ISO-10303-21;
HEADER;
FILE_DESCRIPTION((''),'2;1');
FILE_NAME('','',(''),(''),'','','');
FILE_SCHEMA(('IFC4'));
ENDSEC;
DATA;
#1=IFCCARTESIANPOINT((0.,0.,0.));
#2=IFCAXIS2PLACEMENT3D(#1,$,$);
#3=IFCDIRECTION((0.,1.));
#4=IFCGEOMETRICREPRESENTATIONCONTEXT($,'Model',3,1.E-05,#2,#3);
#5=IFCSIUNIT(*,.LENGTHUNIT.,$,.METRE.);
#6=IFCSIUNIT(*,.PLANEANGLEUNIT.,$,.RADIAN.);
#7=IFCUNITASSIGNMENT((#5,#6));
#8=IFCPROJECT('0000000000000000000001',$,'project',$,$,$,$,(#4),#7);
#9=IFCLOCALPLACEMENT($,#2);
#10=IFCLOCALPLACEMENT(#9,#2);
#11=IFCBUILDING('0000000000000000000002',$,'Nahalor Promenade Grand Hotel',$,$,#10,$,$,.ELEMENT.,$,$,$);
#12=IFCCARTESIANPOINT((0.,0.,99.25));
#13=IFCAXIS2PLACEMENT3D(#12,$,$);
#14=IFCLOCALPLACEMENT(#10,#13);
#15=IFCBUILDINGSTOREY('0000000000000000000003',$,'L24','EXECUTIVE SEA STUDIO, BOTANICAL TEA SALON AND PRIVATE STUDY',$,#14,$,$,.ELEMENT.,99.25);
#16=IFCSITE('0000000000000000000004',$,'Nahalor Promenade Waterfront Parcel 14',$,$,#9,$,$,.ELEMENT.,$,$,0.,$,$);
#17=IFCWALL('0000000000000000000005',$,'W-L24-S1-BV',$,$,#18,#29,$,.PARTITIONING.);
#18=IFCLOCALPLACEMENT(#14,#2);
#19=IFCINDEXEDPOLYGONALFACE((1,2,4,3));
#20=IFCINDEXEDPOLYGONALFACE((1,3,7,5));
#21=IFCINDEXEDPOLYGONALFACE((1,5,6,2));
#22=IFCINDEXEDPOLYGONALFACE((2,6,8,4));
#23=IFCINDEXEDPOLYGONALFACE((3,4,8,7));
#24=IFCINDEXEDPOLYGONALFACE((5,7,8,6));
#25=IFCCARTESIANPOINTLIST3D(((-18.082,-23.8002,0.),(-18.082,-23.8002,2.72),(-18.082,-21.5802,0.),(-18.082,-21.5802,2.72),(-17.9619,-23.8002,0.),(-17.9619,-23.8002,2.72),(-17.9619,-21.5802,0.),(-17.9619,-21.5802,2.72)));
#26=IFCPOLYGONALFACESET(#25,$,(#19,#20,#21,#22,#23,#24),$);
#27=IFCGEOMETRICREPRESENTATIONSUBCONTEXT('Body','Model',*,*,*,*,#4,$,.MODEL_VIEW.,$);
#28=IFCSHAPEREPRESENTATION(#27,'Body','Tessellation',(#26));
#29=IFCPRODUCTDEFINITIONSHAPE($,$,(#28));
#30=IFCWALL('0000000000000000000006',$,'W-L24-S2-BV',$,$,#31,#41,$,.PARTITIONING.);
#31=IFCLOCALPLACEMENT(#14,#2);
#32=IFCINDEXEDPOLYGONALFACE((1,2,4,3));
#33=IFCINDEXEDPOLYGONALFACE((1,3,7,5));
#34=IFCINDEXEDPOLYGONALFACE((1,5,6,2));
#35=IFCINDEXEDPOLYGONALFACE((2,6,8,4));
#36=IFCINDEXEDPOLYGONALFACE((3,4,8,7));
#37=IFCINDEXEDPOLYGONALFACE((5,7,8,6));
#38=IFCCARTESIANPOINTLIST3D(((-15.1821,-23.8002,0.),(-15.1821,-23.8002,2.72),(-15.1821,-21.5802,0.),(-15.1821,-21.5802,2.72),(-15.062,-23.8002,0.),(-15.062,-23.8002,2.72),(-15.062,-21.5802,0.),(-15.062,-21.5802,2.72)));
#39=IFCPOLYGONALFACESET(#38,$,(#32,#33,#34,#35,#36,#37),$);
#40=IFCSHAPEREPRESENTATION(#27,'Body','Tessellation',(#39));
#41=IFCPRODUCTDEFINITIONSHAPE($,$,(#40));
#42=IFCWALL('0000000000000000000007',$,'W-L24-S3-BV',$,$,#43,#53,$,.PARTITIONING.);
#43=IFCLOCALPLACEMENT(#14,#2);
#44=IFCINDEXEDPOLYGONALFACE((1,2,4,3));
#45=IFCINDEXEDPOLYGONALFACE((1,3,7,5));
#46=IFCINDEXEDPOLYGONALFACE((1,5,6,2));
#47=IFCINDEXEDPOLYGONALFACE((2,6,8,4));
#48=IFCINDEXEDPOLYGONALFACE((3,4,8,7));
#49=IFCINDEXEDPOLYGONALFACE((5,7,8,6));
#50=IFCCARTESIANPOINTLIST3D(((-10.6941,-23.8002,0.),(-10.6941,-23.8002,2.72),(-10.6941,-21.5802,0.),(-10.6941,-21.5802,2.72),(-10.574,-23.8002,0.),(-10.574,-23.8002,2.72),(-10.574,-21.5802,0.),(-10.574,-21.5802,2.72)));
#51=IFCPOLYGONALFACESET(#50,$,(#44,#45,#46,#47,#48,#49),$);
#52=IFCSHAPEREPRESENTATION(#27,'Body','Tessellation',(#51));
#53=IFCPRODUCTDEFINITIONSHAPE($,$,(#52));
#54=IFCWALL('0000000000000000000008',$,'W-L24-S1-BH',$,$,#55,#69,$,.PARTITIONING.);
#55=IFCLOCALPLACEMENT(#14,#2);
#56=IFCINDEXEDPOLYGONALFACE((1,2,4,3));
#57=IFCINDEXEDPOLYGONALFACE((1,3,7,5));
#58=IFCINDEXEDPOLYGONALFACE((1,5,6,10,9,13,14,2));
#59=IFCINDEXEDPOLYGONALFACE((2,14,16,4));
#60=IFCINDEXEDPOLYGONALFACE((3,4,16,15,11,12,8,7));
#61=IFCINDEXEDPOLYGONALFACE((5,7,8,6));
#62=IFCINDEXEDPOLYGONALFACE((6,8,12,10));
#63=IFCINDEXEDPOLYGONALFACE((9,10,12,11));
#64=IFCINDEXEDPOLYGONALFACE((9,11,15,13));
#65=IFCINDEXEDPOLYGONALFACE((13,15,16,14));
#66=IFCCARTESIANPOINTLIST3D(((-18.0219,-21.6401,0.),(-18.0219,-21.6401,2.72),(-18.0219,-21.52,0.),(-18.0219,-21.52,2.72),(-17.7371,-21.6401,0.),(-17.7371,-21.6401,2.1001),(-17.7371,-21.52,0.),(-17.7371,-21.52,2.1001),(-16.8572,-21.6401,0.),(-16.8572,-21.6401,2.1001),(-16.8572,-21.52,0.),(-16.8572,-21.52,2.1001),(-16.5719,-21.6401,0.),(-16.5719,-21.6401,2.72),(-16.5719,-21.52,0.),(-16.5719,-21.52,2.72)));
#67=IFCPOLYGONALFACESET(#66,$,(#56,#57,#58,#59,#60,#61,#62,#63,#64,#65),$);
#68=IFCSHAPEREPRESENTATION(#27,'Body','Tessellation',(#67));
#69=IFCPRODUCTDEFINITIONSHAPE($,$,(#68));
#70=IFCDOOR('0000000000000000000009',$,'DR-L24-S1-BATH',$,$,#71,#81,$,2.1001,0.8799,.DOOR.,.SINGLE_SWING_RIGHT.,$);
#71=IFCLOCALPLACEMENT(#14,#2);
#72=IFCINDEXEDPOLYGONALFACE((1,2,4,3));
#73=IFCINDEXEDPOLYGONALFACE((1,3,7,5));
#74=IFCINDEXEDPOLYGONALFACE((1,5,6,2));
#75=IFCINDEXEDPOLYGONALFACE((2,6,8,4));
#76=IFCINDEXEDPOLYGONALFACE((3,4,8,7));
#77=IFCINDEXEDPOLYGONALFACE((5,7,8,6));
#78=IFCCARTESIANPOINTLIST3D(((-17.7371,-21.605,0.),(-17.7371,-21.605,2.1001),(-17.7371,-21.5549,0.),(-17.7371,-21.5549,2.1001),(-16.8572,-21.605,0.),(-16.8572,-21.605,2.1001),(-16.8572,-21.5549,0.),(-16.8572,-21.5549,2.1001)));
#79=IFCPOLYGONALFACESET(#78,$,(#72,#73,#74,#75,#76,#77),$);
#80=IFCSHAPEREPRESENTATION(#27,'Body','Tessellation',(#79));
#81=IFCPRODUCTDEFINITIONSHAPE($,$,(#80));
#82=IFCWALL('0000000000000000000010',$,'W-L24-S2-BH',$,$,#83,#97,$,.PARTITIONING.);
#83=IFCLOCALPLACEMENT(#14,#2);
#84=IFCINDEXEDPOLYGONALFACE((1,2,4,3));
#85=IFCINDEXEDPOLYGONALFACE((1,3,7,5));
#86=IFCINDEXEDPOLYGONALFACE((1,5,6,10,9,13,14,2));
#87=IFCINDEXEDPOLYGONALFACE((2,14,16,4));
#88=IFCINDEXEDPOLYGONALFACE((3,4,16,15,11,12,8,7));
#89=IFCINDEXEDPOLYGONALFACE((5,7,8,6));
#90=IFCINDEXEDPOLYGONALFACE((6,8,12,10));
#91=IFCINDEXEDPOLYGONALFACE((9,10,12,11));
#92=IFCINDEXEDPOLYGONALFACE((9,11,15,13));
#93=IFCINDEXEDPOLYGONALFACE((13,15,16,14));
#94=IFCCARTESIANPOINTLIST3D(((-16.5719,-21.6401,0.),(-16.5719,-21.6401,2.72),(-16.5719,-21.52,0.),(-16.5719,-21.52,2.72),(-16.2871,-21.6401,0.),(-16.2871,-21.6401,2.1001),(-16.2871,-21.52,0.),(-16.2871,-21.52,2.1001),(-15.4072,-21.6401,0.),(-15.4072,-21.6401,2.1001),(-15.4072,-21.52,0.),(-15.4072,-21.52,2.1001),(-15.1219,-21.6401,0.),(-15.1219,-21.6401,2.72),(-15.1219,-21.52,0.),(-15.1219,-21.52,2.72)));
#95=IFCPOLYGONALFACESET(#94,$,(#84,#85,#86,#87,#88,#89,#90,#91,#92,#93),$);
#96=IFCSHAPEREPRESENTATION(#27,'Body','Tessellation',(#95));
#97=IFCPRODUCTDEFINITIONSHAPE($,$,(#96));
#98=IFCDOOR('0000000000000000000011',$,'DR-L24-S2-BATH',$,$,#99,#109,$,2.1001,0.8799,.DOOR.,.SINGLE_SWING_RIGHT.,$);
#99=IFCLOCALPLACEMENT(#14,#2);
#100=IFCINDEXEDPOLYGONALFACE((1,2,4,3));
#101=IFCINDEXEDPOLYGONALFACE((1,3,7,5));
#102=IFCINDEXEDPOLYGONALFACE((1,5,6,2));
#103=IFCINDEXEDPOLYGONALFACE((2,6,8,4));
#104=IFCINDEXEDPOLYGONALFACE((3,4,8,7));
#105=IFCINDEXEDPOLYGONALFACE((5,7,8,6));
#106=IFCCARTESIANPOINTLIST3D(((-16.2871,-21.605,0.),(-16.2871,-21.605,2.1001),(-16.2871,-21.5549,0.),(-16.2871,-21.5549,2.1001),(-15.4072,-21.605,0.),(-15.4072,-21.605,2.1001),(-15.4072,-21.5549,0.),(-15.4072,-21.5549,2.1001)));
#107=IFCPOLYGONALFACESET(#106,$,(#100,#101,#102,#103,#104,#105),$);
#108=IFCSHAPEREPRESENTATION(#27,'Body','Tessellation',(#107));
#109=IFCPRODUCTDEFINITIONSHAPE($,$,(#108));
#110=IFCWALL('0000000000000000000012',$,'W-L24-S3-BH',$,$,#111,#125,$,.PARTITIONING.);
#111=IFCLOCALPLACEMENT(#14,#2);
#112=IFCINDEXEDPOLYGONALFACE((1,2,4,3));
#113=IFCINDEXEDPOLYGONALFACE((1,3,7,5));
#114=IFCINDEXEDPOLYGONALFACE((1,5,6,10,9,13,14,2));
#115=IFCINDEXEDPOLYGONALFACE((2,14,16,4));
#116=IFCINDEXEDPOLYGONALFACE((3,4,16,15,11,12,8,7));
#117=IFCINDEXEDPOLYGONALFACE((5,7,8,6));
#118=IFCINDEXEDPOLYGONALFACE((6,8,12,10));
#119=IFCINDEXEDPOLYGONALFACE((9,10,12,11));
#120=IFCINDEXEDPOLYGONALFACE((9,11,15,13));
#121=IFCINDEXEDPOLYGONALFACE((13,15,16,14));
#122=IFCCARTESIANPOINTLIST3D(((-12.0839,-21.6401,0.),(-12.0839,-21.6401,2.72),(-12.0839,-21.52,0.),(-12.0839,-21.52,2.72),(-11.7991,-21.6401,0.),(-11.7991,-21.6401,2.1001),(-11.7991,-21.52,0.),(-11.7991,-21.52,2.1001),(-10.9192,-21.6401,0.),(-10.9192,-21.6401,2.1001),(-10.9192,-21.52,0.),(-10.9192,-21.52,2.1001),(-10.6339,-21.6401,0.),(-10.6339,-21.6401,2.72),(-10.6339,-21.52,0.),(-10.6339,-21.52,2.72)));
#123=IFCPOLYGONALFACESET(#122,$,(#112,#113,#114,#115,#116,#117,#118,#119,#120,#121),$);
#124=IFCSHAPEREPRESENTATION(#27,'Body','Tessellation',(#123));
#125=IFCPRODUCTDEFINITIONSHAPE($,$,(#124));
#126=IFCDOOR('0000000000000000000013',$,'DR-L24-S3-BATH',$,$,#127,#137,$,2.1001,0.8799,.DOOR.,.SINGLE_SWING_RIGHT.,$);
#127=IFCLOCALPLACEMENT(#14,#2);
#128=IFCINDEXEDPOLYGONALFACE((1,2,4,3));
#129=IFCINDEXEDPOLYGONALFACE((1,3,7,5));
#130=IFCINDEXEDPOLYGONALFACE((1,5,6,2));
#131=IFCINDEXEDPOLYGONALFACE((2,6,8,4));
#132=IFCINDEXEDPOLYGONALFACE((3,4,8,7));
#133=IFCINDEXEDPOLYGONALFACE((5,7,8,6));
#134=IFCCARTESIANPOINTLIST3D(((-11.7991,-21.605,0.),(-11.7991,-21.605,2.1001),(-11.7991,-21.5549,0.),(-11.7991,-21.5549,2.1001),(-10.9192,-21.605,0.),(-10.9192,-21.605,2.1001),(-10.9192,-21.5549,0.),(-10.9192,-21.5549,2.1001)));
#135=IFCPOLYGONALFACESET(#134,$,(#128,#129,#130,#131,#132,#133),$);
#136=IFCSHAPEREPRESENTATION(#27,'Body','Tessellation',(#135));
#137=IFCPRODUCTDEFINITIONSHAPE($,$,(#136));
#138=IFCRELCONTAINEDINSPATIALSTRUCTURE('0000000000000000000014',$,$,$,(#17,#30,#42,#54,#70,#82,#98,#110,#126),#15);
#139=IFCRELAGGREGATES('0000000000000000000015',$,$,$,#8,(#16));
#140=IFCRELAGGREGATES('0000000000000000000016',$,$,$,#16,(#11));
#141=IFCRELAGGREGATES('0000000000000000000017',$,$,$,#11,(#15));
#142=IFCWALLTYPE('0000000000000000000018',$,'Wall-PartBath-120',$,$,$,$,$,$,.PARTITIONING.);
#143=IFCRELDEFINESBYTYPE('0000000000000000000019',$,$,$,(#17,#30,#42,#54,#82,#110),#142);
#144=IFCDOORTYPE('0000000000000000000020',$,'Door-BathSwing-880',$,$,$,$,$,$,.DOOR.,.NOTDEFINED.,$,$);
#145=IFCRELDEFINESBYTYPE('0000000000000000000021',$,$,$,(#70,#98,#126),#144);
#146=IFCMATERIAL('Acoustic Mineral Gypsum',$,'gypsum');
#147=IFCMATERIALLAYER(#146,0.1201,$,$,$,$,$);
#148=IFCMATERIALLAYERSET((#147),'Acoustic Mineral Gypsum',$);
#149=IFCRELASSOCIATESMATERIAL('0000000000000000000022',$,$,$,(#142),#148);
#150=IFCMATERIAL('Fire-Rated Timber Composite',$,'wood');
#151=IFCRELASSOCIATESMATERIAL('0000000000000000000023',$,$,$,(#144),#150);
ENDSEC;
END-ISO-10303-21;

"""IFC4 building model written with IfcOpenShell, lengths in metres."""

from ifc_helpers import new_model, si_unit, direction, frame, frame_2d, origin, place, context, subcontext, project, spatial, rectangle, extrude, source, transform, mapped, material, layer, layer_set, type_object, element, fill, save


model = new_model("IFC4")

# Units and contexts
model_context = context("Model", 3, precision=1e-05, world=origin(), true_north=direction((0.0, 1.0)))
body_context = subcontext(model_context, "Body", "Model", "MODEL_VIEW")
ifc_project = project(units=[si_unit("LENGTHUNIT", "METRE"), si_unit("PLANEANGLEUNIT", "RADIAN")], contexts=[model_context])

# Site, building, storey
site_placement = place(None, origin())
site = spatial("IfcSite", under=ifc_project, at=site_placement, Name="Nahalor Promenade Waterfront Parcel 14", CompositionType="ELEMENT", RefElevation=0.0)
building_placement = place(site_placement, origin())
building = spatial("IfcBuilding", under=site, at=building_placement, Name="Nahalor Promenade Grand Hotel", CompositionType="ELEMENT")
storey_placement = place(building_placement, frame((0.0, 0.0, 99.25)))
storey = spatial("IfcBuildingStorey", under=building, at=storey_placement, Name="L24", Description="EXECUTIVE SEA STUDIO, BOTANICAL TEA SALON AND PRIVATE STUDY", CompositionType="ELEMENT", Elevation=99.25)

# Walls
ifc_material_1 = material(Name="Acoustic Mineral Gypsum", Category="gypsum")
ifc_layer_1 = layer(ifc_material_1, 0.1201)
ifc_layer_set_1 = layer_set([ifc_layer_1], Name="Acoustic Mineral Gypsum")
wall_type_1 = type_object("IfcWallType", Name="Wall-PartBath-120", PredefinedType="PARTITIONING", material=ifc_layer_set_1)
shared_shape_1 = source(origin(), body_context, "Body", "SweptSolid", [
    extrude(rectangle(XDim=2.22, YDim=0.1201, at=frame_2d((1.1099, 0.0))), origin(), (0.0, 0.0, 1.0), 2.72),
])
for number, where, z_axis, x_axis, name in (
    (1, (-18.022, -23.8, 0.0), (0.0, 0.0, 1.0), (0.0, 1.0, 0.0), "W-L24-S1-BV"),
    (2, (-15.1221, -23.8, 0.0), (0.0, 0.0, 1.0), (0.0, 1.0, 0.0), "W-L24-S2-BV"),
    (3, (-10.634, -23.8, 0.0), (0.0, 0.0, 1.0), (0.0, 1.0, 0.0), "W-L24-S3-BV"),
):
    element("IfcWall", number, at=place(storey_placement, frame(where, z_axis=z_axis, x_axis=x_axis)), inside=storey, type_object=wall_type_1, Name=name, PredefinedType="PARTITIONING", context=body_context, shape_type="MappedRepresentation", body=[
        mapped(shared_shape_1, transform((0.0, 0.0, 0.0), scale=1.0)),
    ])

# Walls, openings, doors
shared_shape_2 = source(origin(), body_context, "Body", "SweptSolid", [
    extrude(rectangle(XDim=1.45, YDim=0.1201, at=frame_2d((0.7251, 0.0))), origin(), (0.0, 0.0, 1.0), 2.72),
])
wall_1_placement = place(storey_placement, frame((-18.022, -21.5801, 0.0), z_axis=(0.0, 0.0, 1.0), x_axis=(1.0, 0.0, 0.0)))
wall_1 = element("IfcWall", 4, at=wall_1_placement, inside=storey, type_object=wall_type_1, Name="W-L24-S1-BH", PredefinedType="PARTITIONING", context=body_context, shape_type="MappedRepresentation", body=[
    mapped(shared_shape_2, transform((0.0, 0.0, 0.0), scale=1.0)),
])
opening_1_placement = place(wall_1_placement, frame((0.2849, 0.0, 0.0)))
opening_1 = element("IfcOpeningElement", 5, at=opening_1_placement, cuts=wall_1, PredefinedType="OPENING", context=body_context, shape_type="SweptSolid", body=[
    extrude(rectangle(XDim=0.8799, YDim=2.1001, at=frame_2d((0.4399, 1.05))), frame((0.0, 0.0701, 0.0), z_axis=(0.0, -1.0, 0.0), x_axis=(1.0, 0.0, 0.0)), (0.0, 0.0, 1.0), 0.1401),
])
ifc_material_2 = material(Name="Fire-Rated Timber Composite", Category="wood")
door_type = type_object("IfcDoorType", Name="Door-BathSwing-880", OperationType="NOTDEFINED", PredefinedType="DOOR", material=ifc_material_2)
shared_shape_3 = source(origin(), body_context, "Body", "SweptSolid", [
    extrude(rectangle(XDim=0.8799, YDim=2.1001, at=frame_2d((0.4399, 1.05))), frame((0.0, 0.0249, 0.0), z_axis=(0.0, -1.0, 0.0), x_axis=(1.0, 0.0, 0.0)), (0.0, 0.0, 1.0), 0.05),
])
door_1_placement = place(opening_1_placement, frame((0.8799, 0.0, 0.0), z_axis=(0.0, 0.0, 1.0), x_axis=(-1.0, 0.0, 0.0)))
door_1 = element("IfcDoor", 6, at=door_1_placement, inside=storey, type_object=door_type, Name="DR-L24-S1-BATH", OperationType="SINGLE_SWING_RIGHT", OverallHeight=2.1001, OverallWidth=0.8799, PredefinedType="DOOR", context=body_context, shape_type="MappedRepresentation", body=[
    mapped(shared_shape_3, transform((0.0, 0.0, 0.0), scale=1.0)),
])
fill(opening_1, door_1)
wall_2_placement = place(storey_placement, frame((-16.572, -21.5801, 0.0), z_axis=(0.0, 0.0, 1.0), x_axis=(1.0, 0.0, 0.0)))
wall_2 = element("IfcWall", 7, at=wall_2_placement, inside=storey, type_object=wall_type_1, Name="W-L24-S2-BH", PredefinedType="PARTITIONING", context=body_context, shape_type="MappedRepresentation", body=[
    mapped(shared_shape_2, transform((0.0, 0.0, 0.0), scale=1.0)),
])
opening_2_placement = place(wall_2_placement, frame((0.2849, 0.0, 0.0)))
opening_2 = element("IfcOpeningElement", 8, at=opening_2_placement, cuts=wall_2, PredefinedType="OPENING", context=body_context, shape_type="SweptSolid", body=[
    extrude(rectangle(XDim=0.8799, YDim=2.1001, at=frame_2d((0.4399, 1.05))), frame((0.0, 0.0701, 0.0), z_axis=(0.0, -1.0, 0.0), x_axis=(1.0, 0.0, 0.0)), (0.0, 0.0, 1.0), 0.1401),
])
door_2_placement = place(opening_2_placement, frame((0.8799, 0.0, 0.0), z_axis=(0.0, 0.0, 1.0), x_axis=(-1.0, 0.0, 0.0)))
door_2 = element("IfcDoor", 9, at=door_2_placement, inside=storey, type_object=door_type, Name="DR-L24-S2-BATH", OperationType="SINGLE_SWING_RIGHT", OverallHeight=2.1001, OverallWidth=0.8799, PredefinedType="DOOR", context=body_context, shape_type="MappedRepresentation", body=[
    mapped(shared_shape_3, transform((0.0, 0.0, 0.0), scale=1.0)),
])
fill(opening_2, door_2)
wall_3_placement = place(storey_placement, frame((-12.084, -21.5801, 0.0), z_axis=(0.0, 0.0, 1.0), x_axis=(1.0, 0.0, 0.0)))
wall_3 = element("IfcWall", 10, at=wall_3_placement, inside=storey, type_object=wall_type_1, Name="W-L24-S3-BH", PredefinedType="PARTITIONING", context=body_context, shape_type="MappedRepresentation", body=[
    mapped(shared_shape_2, transform((0.0, 0.0, 0.0), scale=1.0)),
])
opening_3_placement = place(wall_3_placement, frame((0.2849, 0.0, 0.0)))
opening_3 = element("IfcOpeningElement", 11, at=opening_3_placement, cuts=wall_3, PredefinedType="OPENING", context=body_context, shape_type="SweptSolid", body=[
    extrude(rectangle(XDim=0.8799, YDim=2.1001, at=frame_2d((0.4399, 1.05))), frame((0.0, 0.0701, 0.0), z_axis=(0.0, -1.0, 0.0), x_axis=(1.0, 0.0, 0.0)), (0.0, 0.0, 1.0), 0.1401),
])
door_3_placement = place(opening_3_placement, frame((0.8799, 0.0, 0.0), z_axis=(0.0, 0.0, 1.0), x_axis=(-1.0, 0.0, 0.0)))
door_3 = element("IfcDoor", 12, at=door_3_placement, inside=storey, type_object=door_type, Name="DR-L24-S3-BATH", OperationType="SINGLE_SWING_RIGHT", OverallHeight=2.1001, OverallWidth=0.8799, PredefinedType="DOOR", context=body_context, shape_type="MappedRepresentation", body=[
    mapped(shared_shape_3, transform((0.0, 0.0, 0.0), scale=1.0)),
])
fill(opening_3, door_3)

save(model, "model.ifc")
